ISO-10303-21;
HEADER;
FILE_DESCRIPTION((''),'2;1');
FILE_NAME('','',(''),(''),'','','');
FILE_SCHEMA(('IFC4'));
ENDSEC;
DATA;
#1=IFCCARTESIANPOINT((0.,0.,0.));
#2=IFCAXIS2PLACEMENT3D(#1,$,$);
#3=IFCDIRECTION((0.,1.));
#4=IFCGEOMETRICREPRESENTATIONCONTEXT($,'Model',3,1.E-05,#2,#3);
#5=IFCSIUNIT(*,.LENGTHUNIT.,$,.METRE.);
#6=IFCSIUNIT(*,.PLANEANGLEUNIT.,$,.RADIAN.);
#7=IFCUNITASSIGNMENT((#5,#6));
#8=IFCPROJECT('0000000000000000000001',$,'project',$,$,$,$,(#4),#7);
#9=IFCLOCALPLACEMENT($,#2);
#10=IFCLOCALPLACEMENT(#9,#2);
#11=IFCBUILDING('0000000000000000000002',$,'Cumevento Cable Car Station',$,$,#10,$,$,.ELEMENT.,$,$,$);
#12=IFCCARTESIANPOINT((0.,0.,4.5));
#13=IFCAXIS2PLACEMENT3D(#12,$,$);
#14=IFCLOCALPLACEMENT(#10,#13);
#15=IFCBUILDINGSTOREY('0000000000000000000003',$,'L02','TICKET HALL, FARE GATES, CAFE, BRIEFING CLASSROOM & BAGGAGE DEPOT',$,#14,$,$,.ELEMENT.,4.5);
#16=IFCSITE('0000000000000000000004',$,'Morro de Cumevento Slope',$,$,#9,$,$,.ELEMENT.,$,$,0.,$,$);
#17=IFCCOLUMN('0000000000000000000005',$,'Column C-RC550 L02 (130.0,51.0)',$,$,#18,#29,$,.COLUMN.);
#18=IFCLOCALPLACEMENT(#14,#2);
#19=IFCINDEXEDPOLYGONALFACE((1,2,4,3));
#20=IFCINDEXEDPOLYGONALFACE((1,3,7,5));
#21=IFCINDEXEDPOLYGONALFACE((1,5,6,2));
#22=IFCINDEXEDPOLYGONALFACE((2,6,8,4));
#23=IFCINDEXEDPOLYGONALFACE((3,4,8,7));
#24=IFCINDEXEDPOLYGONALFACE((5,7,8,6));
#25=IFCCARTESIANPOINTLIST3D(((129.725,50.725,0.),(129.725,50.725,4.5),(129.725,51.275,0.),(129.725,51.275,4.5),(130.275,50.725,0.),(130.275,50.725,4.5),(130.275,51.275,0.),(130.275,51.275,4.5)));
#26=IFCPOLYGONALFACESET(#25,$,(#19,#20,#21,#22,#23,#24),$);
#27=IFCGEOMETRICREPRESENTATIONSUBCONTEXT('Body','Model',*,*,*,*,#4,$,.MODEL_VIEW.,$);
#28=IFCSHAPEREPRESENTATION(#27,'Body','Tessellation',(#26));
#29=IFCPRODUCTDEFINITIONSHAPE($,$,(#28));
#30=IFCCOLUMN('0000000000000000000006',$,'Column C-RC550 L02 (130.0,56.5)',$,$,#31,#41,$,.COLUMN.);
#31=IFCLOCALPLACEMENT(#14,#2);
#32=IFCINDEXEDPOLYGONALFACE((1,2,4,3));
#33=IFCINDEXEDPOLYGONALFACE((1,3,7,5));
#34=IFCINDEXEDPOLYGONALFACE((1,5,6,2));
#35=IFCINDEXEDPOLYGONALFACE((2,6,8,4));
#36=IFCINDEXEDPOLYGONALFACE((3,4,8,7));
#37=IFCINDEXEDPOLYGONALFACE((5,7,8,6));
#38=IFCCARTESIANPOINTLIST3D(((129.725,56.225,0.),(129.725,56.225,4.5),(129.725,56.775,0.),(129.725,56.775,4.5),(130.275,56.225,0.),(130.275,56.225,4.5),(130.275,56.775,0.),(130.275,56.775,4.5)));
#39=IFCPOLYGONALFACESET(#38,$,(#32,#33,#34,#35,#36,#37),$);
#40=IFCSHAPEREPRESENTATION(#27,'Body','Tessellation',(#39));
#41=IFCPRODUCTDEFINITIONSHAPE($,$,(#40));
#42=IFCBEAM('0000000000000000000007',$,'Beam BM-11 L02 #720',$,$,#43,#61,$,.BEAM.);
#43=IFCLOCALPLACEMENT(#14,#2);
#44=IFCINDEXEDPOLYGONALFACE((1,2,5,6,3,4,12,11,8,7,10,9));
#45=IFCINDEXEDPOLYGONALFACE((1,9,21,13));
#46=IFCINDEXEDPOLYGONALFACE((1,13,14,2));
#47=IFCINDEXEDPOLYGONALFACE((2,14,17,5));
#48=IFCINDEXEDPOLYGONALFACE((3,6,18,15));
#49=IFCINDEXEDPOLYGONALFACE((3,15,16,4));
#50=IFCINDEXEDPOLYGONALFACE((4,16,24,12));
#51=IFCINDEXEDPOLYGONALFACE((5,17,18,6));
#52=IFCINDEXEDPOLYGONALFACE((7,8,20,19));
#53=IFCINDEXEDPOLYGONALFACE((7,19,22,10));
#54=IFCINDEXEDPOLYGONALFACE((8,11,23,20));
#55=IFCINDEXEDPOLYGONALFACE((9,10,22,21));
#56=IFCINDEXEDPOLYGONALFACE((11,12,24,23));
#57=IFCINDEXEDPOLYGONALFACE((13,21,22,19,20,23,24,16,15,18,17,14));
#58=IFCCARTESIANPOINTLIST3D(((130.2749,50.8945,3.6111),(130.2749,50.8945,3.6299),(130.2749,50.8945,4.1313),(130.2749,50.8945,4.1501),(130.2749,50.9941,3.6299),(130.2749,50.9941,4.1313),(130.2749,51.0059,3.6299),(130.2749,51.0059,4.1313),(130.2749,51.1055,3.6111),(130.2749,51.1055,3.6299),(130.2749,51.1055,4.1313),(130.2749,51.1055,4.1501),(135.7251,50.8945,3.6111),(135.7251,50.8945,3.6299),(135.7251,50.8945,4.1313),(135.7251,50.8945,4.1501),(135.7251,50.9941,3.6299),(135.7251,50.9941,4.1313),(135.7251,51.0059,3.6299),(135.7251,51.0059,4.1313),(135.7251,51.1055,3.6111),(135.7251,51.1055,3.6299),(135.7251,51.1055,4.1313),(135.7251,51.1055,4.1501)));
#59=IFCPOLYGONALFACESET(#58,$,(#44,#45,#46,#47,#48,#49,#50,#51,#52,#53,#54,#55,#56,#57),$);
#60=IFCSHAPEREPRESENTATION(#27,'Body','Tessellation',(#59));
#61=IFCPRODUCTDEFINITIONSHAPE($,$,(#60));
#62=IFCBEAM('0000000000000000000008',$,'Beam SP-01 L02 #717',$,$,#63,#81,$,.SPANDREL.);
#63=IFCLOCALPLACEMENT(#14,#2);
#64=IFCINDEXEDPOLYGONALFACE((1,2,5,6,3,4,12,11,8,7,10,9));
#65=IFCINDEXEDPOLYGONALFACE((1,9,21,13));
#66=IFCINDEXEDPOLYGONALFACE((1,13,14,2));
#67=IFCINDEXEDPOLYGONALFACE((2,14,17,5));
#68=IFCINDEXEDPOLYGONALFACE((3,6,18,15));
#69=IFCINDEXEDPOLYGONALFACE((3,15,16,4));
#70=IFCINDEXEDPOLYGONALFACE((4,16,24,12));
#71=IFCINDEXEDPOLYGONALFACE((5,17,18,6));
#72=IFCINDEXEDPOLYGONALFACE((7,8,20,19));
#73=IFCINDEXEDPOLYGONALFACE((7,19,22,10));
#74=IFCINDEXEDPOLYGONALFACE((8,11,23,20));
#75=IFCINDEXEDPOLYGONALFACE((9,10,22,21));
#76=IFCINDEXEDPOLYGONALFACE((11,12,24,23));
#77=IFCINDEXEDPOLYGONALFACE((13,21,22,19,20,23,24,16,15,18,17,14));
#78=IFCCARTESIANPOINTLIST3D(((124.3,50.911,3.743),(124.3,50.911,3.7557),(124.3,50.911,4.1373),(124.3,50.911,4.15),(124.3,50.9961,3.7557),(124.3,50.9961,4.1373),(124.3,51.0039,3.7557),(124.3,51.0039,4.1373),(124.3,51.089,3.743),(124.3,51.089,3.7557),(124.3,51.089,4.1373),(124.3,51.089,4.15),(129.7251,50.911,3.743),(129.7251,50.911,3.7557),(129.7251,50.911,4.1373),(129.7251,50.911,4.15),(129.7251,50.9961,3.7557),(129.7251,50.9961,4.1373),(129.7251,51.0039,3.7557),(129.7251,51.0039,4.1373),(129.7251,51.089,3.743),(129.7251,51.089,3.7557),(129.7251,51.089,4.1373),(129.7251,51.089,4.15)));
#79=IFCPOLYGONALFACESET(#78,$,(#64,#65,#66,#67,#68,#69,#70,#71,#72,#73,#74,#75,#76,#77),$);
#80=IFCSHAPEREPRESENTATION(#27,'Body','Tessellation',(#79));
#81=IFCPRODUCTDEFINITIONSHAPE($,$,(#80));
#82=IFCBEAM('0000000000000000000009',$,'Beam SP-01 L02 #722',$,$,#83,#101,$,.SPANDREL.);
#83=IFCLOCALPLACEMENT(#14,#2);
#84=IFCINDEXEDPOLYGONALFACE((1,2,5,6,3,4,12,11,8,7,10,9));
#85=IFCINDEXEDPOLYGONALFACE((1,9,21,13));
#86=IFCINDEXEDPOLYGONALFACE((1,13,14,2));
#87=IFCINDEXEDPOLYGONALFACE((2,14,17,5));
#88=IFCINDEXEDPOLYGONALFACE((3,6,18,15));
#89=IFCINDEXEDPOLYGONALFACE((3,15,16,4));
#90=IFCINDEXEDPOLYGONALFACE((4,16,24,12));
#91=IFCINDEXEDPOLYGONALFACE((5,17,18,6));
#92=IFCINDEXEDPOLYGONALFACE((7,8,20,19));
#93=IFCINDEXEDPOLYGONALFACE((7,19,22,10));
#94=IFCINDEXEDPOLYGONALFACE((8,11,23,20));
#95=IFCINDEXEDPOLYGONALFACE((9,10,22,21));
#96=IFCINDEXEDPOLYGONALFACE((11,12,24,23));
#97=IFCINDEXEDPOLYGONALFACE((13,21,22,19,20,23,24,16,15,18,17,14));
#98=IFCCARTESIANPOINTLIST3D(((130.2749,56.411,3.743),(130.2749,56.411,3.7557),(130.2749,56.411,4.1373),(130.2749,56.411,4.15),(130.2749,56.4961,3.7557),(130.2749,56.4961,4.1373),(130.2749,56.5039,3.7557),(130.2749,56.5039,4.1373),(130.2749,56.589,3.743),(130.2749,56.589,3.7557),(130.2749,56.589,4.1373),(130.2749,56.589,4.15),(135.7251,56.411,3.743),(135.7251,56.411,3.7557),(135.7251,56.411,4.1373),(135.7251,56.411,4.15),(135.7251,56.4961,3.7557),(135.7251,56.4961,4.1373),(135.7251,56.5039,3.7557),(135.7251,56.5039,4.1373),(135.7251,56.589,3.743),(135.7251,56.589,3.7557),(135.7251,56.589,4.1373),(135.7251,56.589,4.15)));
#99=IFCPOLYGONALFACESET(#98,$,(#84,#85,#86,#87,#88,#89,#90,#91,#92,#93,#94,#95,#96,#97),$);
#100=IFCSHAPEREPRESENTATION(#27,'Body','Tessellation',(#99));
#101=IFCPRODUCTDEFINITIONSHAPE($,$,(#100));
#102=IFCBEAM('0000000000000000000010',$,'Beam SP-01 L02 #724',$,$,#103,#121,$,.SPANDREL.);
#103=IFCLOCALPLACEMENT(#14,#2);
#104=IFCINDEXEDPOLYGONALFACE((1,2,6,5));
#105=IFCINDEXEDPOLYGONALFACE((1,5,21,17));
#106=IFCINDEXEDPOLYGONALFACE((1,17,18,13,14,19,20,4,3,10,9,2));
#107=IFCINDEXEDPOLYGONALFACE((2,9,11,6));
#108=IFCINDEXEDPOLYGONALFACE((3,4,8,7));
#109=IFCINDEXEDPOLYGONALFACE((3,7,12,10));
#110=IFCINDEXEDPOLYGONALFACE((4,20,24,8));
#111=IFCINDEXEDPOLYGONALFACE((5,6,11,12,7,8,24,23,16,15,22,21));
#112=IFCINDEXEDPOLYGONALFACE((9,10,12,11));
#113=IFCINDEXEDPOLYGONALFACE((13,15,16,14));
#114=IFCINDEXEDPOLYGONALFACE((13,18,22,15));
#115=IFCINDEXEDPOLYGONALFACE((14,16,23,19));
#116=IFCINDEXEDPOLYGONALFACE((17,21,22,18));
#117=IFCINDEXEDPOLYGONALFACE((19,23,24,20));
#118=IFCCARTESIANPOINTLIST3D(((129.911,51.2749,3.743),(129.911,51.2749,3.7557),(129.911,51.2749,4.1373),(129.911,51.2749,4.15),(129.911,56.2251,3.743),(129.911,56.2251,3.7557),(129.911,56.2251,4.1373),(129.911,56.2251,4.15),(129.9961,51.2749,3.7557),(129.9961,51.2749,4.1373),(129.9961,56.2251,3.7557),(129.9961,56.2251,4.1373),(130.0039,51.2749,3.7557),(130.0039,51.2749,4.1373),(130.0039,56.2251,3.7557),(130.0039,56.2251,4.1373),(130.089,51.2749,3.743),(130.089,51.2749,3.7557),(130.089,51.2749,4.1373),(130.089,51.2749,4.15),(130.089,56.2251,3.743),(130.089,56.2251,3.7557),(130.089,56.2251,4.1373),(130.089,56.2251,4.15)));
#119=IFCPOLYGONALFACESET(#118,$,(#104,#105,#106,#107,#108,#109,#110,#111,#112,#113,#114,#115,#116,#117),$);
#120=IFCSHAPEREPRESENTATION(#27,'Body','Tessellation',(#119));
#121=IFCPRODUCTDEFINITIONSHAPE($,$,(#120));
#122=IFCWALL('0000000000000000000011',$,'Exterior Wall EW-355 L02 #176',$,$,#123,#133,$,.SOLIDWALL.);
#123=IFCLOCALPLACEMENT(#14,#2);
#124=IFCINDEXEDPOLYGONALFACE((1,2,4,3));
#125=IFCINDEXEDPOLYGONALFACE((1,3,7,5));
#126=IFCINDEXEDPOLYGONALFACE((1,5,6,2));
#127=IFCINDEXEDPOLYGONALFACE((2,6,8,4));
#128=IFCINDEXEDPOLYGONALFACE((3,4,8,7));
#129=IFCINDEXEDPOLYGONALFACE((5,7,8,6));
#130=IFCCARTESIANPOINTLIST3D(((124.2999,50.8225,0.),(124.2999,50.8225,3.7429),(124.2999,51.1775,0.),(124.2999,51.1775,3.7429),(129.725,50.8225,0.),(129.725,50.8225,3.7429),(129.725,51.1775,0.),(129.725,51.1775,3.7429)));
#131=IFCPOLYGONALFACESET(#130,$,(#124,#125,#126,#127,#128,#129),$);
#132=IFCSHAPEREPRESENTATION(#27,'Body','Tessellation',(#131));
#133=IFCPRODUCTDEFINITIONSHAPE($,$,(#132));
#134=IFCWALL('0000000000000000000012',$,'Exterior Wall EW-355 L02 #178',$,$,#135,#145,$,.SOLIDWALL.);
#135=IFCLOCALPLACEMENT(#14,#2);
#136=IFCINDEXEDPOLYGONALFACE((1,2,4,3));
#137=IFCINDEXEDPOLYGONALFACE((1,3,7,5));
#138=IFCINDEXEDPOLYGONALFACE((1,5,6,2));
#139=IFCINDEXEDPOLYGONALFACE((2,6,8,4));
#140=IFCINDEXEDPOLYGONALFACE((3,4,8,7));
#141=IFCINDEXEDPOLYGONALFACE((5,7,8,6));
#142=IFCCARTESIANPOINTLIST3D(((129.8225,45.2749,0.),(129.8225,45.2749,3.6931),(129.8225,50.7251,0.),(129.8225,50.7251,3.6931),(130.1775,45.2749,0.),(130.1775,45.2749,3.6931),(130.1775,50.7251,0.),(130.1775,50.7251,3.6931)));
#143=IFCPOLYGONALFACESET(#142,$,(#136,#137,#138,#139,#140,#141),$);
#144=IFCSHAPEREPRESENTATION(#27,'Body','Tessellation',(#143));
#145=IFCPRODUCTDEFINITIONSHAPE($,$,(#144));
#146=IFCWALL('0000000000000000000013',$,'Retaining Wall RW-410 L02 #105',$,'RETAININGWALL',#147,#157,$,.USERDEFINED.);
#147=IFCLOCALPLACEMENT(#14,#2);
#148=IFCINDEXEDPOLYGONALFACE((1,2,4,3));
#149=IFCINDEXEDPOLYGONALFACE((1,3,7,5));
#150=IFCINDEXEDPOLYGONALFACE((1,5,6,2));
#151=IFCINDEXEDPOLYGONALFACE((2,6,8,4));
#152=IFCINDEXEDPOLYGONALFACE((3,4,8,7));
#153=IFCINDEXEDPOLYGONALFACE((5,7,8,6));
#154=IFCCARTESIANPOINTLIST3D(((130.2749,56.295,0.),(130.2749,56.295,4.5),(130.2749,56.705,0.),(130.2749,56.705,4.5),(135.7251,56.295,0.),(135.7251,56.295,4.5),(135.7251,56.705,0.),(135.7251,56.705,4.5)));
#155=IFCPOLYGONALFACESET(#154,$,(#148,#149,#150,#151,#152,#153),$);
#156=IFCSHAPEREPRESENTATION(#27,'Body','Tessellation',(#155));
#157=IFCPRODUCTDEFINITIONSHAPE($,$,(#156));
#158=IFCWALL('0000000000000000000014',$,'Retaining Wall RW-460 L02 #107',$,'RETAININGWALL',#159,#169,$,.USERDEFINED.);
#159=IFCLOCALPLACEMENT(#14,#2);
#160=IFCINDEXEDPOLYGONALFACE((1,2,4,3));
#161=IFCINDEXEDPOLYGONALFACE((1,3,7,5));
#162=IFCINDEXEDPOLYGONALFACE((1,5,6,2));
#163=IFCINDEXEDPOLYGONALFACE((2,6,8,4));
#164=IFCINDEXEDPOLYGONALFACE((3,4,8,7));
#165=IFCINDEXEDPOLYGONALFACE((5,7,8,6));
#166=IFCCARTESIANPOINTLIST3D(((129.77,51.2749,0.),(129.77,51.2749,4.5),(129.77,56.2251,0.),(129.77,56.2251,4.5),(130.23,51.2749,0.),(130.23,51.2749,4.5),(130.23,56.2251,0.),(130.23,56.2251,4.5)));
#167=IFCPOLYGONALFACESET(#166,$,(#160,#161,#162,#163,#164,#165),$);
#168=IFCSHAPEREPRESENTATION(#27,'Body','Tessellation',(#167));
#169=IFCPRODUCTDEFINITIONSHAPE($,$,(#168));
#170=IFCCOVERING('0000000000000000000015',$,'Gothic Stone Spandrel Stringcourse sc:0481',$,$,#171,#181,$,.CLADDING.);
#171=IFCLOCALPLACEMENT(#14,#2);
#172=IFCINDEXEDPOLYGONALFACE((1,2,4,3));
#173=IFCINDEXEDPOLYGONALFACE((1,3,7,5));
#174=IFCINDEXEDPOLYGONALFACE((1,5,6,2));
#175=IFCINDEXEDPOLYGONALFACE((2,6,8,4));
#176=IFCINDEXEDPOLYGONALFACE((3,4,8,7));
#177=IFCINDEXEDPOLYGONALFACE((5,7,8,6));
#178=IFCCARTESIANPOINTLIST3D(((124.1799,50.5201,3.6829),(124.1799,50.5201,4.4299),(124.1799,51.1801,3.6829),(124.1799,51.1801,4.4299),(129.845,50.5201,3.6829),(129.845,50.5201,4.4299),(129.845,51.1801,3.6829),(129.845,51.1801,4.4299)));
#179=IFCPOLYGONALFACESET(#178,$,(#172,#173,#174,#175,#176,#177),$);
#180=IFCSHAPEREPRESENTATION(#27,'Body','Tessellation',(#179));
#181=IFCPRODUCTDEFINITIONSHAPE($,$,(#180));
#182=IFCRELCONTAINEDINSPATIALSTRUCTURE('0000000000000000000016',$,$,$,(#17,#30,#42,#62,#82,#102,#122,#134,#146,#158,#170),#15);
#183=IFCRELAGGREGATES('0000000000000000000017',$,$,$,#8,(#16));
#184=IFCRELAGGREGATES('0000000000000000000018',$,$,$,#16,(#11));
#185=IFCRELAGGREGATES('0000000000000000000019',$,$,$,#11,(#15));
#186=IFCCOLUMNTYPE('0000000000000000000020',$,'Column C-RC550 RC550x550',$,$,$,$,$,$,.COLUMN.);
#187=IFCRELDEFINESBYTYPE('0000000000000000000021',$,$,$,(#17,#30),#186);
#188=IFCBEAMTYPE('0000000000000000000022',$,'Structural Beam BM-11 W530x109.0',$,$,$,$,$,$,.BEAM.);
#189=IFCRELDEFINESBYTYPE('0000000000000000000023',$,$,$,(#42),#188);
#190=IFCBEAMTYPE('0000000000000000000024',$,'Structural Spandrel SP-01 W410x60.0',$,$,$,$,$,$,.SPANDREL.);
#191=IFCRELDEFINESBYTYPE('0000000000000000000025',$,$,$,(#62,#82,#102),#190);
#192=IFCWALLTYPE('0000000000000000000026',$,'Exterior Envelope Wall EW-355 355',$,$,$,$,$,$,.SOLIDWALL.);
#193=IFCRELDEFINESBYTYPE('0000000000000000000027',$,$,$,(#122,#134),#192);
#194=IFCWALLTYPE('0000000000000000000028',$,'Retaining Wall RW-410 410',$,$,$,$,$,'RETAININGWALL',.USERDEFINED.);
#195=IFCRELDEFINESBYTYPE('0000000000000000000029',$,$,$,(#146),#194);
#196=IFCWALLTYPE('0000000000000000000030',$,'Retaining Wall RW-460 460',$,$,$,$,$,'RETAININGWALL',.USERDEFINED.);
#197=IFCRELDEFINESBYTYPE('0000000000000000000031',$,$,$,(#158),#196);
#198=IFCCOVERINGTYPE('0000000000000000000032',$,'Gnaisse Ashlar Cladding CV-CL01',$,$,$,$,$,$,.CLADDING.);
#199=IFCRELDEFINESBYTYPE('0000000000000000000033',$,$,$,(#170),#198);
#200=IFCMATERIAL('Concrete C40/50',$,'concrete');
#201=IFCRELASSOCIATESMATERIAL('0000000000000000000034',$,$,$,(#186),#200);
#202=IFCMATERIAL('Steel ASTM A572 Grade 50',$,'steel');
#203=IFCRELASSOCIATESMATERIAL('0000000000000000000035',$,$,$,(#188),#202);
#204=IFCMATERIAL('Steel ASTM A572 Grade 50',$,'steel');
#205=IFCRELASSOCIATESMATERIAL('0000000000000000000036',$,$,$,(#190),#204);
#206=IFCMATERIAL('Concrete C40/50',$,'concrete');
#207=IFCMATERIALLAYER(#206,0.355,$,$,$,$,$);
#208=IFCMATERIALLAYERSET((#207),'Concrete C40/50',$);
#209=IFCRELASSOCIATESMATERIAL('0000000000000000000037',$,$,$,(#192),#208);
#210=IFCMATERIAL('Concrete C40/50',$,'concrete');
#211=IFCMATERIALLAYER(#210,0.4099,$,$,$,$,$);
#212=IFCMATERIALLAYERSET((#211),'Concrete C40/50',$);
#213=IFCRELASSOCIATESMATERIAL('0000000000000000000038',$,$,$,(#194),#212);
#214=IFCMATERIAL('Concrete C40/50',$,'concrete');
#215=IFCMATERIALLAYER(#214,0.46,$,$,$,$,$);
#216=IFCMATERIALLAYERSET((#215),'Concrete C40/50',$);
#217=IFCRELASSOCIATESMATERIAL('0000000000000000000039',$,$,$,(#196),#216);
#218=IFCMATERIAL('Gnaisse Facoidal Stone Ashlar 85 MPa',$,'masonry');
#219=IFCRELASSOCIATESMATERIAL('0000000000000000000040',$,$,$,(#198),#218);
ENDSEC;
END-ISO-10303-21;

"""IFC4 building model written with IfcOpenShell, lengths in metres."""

from ifc_helpers import new_model, si_unit, direction, frame, frame_2d, origin, origin_2d, place, context, subcontext, project, spatial, rectangle, i_section, extrude, material, layer, layer_set, material_profile, profile_set, type_object, element, save


model = new_model("IFC4")

# Units and contexts
model_context = context("Model", 3, precision=1e-05, world=origin(), true_north=direction((0.0, 1.0)))
body_context = subcontext(model_context, "Body", "Model", "MODEL_VIEW")
ifc_project = project(units=[si_unit("LENGTHUNIT", "METRE"), si_unit("PLANEANGLEUNIT", "RADIAN")], contexts=[model_context])

# Site, building, storey
site_placement = place(None, origin())
site = spatial("IfcSite", under=ifc_project, at=site_placement, Name="Morro de Cumevento Slope", CompositionType="ELEMENT", RefElevation=0.0)
building_placement = place(site_placement, origin())
building = spatial("IfcBuilding", under=site, at=building_placement, Name="Cumevento Cable Car Station", CompositionType="ELEMENT")
storey_placement = place(building_placement, frame((0.0, 0.0, 4.5)))
storey = spatial("IfcBuildingStorey", under=building, at=storey_placement, Name="L02", Description="TICKET HALL, FARE GATES, CAFE, BRIEFING CLASSROOM & BAGGAGE DEPOT", CompositionType="ELEMENT", Elevation=4.5)

# Columns
ifc_material_1 = material(Name="Concrete C40/50", Category="concrete")
ifc_material_profile_1 = material_profile(ifc_material_1, rectangle(XDim=0.55, YDim=0.55, at=origin_2d()), Name="RC550x550")
ifc_profile_set_1 = profile_set([ifc_material_profile_1], Name="Concrete C40/50")
column_type = type_object("IfcColumnType", Name="Column C-RC550 RC550x550", PredefinedType="COLUMN", material=ifc_profile_set_1)
for number, where, z_axis, x_axis, name in (
    (1, (130.0, 51.0, 0.0), (0.0, 0.0, 1.0), (1.0, 0.0, 0.0), "Column C-RC550 L02 (130.0,51.0)"),
    (2, (130.0, 56.5, 0.0), (0.0, 0.0, 1.0), (1.0, 0.0, 0.0), "Column C-RC550 L02 (130.0,56.5)"),
):
    element("IfcColumn", number, at=place(storey_placement, frame(where, z_axis=z_axis, x_axis=x_axis)), inside=storey, type_object=column_type, Name=name, PredefinedType="COLUMN", context=body_context, shape_type="SweptSolid", body=[
        extrude(rectangle(XDim=0.55, YDim=0.55, at=origin_2d()), origin(), (0.0, 0.0, 1.0), 4.5),
    ])

# Beams
ifc_material_2 = material(Name="Steel ASTM A572 Grade 50", Category="steel")
ifc_material_profile_2 = material_profile(ifc_material_2, i_section(OverallWidth=0.2109, OverallDepth=0.5391, WebThickness=0.0117, FlangeThickness=0.0188, at=origin_2d()), Name="W530x109.0")
ifc_profile_set_2 = profile_set([ifc_material_profile_2], Name="Steel ASTM A572 Grade 50")
beam_type_1 = type_object("IfcBeamType", Name="Structural Beam BM-11 W530x109.0", PredefinedType="BEAM", material=ifc_profile_set_2)
beam_1_placement = place(storey_placement, frame((130.2749, 51.0, 3.8806), z_axis=(1.0, 0.0, 0.0), x_axis=(0.0, 1.0, 0.0)))
element("IfcBeam", 3, at=beam_1_placement, inside=storey, type_object=beam_type_1, Name="Beam BM-11 L02 #720", PredefinedType="BEAM", context=body_context, shape_type="SweptSolid", body=[
    extrude(i_section(OverallWidth=0.2109, OverallDepth=0.5391, WebThickness=0.0117, FlangeThickness=0.0188, at=origin_2d()), origin(), (0.0, 0.0, 1.0), 5.4502),
])
ifc_material_3 = material(Name="Steel ASTM A572 Grade 50", Category="steel")
ifc_material_profile_3 = material_profile(ifc_material_3, i_section(OverallWidth=0.178, OverallDepth=0.407, WebThickness=0.0078, FlangeThickness=0.0127, at=origin_2d()), Name="W410x60.0")
ifc_profile_set_3 = profile_set([ifc_material_profile_3], Name="Steel ASTM A572 Grade 50")
beam_type_2 = type_object("IfcBeamType", Name="Structural Spandrel SP-01 W410x60.0", PredefinedType="SPANDREL", material=ifc_profile_set_3)
beam_2_placement = place(storey_placement, frame((124.3, 51.0, 3.9465), z_axis=(1.0, 0.0, 0.0), x_axis=(0.0, 1.0, 0.0)))
element("IfcBeam", 4, at=beam_2_placement, inside=storey, type_object=beam_type_2, Name="Beam SP-01 L02 #717", PredefinedType="SPANDREL", context=body_context, shape_type="SweptSolid", body=[
    extrude(i_section(OverallWidth=0.178, OverallDepth=0.407, WebThickness=0.0078, FlangeThickness=0.0127, at=origin_2d()), origin(), (0.0, 0.0, 1.0), 5.425),
])
beam_3_placement = place(storey_placement, frame((130.2749, 56.5, 3.9465), z_axis=(1.0, 0.0, 0.0), x_axis=(0.0, 1.0, 0.0)))
element("IfcBeam", 5, at=beam_3_placement, inside=storey, type_object=beam_type_2, Name="Beam SP-01 L02 #722", PredefinedType="SPANDREL", context=body_context, shape_type="SweptSolid", body=[
    extrude(i_section(OverallWidth=0.178, OverallDepth=0.407, WebThickness=0.0078, FlangeThickness=0.0127, at=origin_2d()), origin(), (0.0, 0.0, 1.0), 5.4502),
])
beam_4_placement = place(storey_placement, frame((130.0, 51.2749, 3.9465), z_axis=(0.0, 1.0, 0.0), x_axis=(-1.0, 0.0, 0.0)))
element("IfcBeam", 6, at=beam_4_placement, inside=storey, type_object=beam_type_2, Name="Beam SP-01 L02 #724", PredefinedType="SPANDREL", context=body_context, shape_type="SweptSolid", body=[
    extrude(i_section(OverallWidth=0.178, OverallDepth=0.407, WebThickness=0.0078, FlangeThickness=0.0127, at=origin_2d()), origin(), (0.0, 0.0, 1.0), 4.9502),
])

# Walls
ifc_material_4 = material(Name="Concrete C40/50", Category="concrete")
ifc_layer_1 = layer(ifc_material_4, 0.355)
ifc_layer_set_1 = layer_set([ifc_layer_1], Name="Concrete C40/50")
wall_type_1 = type_object("IfcWallType", Name="Exterior Envelope Wall EW-355 355", PredefinedType="SOLIDWALL", material=ifc_layer_set_1)
wall_1_placement = place(storey_placement, frame((124.3, 51.0, 0.0), z_axis=(0.0, 0.0, 1.0), x_axis=(1.0, 0.0, 0.0)))
element("IfcWall", 7, at=wall_1_placement, inside=storey, type_object=wall_type_1, Name="Exterior Wall EW-355 L02 #176", PredefinedType="SOLIDWALL", context=body_context, shape_type="SweptSolid", body=[
    extrude(rectangle(XDim=5.425, YDim=0.355, at=frame_2d((2.7124, 0.0))), origin(), (0.0, 0.0, 1.0), 3.7429),
])
wall_2_placement = place(storey_placement, frame((130.0, 50.7251, 0.0), z_axis=(0.0, 0.0, 1.0), x_axis=(0.0, -1.0, 0.0)))
element("IfcWall", 8, at=wall_2_placement, inside=storey, type_object=wall_type_1, Name="Exterior Wall EW-355 L02 #178", PredefinedType="SOLIDWALL", context=body_context, shape_type="SweptSolid", body=[
    extrude(rectangle(XDim=5.4502, YDim=0.355, at=frame_2d((2.7251, 0.0))), origin(), (0.0, 0.0, 1.0), 3.6931),
])
ifc_material_5 = material(Name="Concrete C40/50", Category="concrete")
ifc_layer_2 = layer(ifc_material_5, 0.4099)
ifc_layer_set_2 = layer_set([ifc_layer_2], Name="Concrete C40/50")
wall_type_2 = type_object("IfcWallType", Name="Retaining Wall RW-410 410", ElementType="RETAININGWALL", PredefinedType="USERDEFINED", material=ifc_layer_set_2)
wall_3_placement = place(storey_placement, frame((130.2749, 56.5, 0.0), z_axis=(0.0, 0.0, 1.0), x_axis=(1.0, 0.0, 0.0)))
element("IfcWall", 9, at=wall_3_placement, inside=storey, type_object=wall_type_2, Name="Retaining Wall RW-410 L02 #105", ObjectType="RETAININGWALL", PredefinedType="USERDEFINED", context=body_context, shape_type="SweptSolid", body=[
    extrude(rectangle(XDim=5.4502, YDim=0.4099, at=frame_2d((2.7251, 0.0))), origin(), (0.0, 0.0, 1.0), 4.5),
])
ifc_material_6 = material(Name="Concrete C40/50", Category="concrete")
ifc_layer_3 = layer(ifc_material_6, 0.46)
ifc_layer_set_3 = layer_set([ifc_layer_3], Name="Concrete C40/50")
wall_type_3 = type_object("IfcWallType", Name="Retaining Wall RW-460 460", ElementType="RETAININGWALL", PredefinedType="USERDEFINED", material=ifc_layer_set_3)
wall_4_placement = place(storey_placement, frame((130.0, 51.2749, 0.0), z_axis=(0.0, 0.0, 1.0), x_axis=(0.0, 1.0, 0.0)))
element("IfcWall", 10, at=wall_4_placement, inside=storey, type_object=wall_type_3, Name="Retaining Wall RW-460 L02 #107", ObjectType="RETAININGWALL", PredefinedType="USERDEFINED", context=body_context, shape_type="SweptSolid", body=[
    extrude(rectangle(XDim=4.9502, YDim=0.46, at=frame_2d((2.4751, 0.0))), origin(), (0.0, 0.0, 1.0), 4.5),
])

# Covering
ifc_material_7 = material(Name="Gnaisse Facoidal Stone Ashlar 85 MPa", Category="masonry")
covering_type = type_object("IfcCoveringType", Name="Gnaisse Ashlar Cladding CV-CL01", PredefinedType="CLADDING", material=ifc_material_7)
covering_1_placement = place(storey_placement, frame((127.0125, 50.8501, 3.6829), z_axis=(0.0, 0.0, 1.0), x_axis=(1.0, 0.0, 0.0)))
element("IfcCovering", 11, at=covering_1_placement, inside=storey, type_object=covering_type, Name="Gothic Stone Spandrel Stringcourse sc:0481", PredefinedType="CLADDING", context=body_context, shape_type="SweptSolid", body=[
    extrude(rectangle(XDim=5.665, YDim=0.6599, at=origin_2d()), origin(), (0.0, 0.0, 1.0), 0.7471),
])

save(model, "model.ifc")
